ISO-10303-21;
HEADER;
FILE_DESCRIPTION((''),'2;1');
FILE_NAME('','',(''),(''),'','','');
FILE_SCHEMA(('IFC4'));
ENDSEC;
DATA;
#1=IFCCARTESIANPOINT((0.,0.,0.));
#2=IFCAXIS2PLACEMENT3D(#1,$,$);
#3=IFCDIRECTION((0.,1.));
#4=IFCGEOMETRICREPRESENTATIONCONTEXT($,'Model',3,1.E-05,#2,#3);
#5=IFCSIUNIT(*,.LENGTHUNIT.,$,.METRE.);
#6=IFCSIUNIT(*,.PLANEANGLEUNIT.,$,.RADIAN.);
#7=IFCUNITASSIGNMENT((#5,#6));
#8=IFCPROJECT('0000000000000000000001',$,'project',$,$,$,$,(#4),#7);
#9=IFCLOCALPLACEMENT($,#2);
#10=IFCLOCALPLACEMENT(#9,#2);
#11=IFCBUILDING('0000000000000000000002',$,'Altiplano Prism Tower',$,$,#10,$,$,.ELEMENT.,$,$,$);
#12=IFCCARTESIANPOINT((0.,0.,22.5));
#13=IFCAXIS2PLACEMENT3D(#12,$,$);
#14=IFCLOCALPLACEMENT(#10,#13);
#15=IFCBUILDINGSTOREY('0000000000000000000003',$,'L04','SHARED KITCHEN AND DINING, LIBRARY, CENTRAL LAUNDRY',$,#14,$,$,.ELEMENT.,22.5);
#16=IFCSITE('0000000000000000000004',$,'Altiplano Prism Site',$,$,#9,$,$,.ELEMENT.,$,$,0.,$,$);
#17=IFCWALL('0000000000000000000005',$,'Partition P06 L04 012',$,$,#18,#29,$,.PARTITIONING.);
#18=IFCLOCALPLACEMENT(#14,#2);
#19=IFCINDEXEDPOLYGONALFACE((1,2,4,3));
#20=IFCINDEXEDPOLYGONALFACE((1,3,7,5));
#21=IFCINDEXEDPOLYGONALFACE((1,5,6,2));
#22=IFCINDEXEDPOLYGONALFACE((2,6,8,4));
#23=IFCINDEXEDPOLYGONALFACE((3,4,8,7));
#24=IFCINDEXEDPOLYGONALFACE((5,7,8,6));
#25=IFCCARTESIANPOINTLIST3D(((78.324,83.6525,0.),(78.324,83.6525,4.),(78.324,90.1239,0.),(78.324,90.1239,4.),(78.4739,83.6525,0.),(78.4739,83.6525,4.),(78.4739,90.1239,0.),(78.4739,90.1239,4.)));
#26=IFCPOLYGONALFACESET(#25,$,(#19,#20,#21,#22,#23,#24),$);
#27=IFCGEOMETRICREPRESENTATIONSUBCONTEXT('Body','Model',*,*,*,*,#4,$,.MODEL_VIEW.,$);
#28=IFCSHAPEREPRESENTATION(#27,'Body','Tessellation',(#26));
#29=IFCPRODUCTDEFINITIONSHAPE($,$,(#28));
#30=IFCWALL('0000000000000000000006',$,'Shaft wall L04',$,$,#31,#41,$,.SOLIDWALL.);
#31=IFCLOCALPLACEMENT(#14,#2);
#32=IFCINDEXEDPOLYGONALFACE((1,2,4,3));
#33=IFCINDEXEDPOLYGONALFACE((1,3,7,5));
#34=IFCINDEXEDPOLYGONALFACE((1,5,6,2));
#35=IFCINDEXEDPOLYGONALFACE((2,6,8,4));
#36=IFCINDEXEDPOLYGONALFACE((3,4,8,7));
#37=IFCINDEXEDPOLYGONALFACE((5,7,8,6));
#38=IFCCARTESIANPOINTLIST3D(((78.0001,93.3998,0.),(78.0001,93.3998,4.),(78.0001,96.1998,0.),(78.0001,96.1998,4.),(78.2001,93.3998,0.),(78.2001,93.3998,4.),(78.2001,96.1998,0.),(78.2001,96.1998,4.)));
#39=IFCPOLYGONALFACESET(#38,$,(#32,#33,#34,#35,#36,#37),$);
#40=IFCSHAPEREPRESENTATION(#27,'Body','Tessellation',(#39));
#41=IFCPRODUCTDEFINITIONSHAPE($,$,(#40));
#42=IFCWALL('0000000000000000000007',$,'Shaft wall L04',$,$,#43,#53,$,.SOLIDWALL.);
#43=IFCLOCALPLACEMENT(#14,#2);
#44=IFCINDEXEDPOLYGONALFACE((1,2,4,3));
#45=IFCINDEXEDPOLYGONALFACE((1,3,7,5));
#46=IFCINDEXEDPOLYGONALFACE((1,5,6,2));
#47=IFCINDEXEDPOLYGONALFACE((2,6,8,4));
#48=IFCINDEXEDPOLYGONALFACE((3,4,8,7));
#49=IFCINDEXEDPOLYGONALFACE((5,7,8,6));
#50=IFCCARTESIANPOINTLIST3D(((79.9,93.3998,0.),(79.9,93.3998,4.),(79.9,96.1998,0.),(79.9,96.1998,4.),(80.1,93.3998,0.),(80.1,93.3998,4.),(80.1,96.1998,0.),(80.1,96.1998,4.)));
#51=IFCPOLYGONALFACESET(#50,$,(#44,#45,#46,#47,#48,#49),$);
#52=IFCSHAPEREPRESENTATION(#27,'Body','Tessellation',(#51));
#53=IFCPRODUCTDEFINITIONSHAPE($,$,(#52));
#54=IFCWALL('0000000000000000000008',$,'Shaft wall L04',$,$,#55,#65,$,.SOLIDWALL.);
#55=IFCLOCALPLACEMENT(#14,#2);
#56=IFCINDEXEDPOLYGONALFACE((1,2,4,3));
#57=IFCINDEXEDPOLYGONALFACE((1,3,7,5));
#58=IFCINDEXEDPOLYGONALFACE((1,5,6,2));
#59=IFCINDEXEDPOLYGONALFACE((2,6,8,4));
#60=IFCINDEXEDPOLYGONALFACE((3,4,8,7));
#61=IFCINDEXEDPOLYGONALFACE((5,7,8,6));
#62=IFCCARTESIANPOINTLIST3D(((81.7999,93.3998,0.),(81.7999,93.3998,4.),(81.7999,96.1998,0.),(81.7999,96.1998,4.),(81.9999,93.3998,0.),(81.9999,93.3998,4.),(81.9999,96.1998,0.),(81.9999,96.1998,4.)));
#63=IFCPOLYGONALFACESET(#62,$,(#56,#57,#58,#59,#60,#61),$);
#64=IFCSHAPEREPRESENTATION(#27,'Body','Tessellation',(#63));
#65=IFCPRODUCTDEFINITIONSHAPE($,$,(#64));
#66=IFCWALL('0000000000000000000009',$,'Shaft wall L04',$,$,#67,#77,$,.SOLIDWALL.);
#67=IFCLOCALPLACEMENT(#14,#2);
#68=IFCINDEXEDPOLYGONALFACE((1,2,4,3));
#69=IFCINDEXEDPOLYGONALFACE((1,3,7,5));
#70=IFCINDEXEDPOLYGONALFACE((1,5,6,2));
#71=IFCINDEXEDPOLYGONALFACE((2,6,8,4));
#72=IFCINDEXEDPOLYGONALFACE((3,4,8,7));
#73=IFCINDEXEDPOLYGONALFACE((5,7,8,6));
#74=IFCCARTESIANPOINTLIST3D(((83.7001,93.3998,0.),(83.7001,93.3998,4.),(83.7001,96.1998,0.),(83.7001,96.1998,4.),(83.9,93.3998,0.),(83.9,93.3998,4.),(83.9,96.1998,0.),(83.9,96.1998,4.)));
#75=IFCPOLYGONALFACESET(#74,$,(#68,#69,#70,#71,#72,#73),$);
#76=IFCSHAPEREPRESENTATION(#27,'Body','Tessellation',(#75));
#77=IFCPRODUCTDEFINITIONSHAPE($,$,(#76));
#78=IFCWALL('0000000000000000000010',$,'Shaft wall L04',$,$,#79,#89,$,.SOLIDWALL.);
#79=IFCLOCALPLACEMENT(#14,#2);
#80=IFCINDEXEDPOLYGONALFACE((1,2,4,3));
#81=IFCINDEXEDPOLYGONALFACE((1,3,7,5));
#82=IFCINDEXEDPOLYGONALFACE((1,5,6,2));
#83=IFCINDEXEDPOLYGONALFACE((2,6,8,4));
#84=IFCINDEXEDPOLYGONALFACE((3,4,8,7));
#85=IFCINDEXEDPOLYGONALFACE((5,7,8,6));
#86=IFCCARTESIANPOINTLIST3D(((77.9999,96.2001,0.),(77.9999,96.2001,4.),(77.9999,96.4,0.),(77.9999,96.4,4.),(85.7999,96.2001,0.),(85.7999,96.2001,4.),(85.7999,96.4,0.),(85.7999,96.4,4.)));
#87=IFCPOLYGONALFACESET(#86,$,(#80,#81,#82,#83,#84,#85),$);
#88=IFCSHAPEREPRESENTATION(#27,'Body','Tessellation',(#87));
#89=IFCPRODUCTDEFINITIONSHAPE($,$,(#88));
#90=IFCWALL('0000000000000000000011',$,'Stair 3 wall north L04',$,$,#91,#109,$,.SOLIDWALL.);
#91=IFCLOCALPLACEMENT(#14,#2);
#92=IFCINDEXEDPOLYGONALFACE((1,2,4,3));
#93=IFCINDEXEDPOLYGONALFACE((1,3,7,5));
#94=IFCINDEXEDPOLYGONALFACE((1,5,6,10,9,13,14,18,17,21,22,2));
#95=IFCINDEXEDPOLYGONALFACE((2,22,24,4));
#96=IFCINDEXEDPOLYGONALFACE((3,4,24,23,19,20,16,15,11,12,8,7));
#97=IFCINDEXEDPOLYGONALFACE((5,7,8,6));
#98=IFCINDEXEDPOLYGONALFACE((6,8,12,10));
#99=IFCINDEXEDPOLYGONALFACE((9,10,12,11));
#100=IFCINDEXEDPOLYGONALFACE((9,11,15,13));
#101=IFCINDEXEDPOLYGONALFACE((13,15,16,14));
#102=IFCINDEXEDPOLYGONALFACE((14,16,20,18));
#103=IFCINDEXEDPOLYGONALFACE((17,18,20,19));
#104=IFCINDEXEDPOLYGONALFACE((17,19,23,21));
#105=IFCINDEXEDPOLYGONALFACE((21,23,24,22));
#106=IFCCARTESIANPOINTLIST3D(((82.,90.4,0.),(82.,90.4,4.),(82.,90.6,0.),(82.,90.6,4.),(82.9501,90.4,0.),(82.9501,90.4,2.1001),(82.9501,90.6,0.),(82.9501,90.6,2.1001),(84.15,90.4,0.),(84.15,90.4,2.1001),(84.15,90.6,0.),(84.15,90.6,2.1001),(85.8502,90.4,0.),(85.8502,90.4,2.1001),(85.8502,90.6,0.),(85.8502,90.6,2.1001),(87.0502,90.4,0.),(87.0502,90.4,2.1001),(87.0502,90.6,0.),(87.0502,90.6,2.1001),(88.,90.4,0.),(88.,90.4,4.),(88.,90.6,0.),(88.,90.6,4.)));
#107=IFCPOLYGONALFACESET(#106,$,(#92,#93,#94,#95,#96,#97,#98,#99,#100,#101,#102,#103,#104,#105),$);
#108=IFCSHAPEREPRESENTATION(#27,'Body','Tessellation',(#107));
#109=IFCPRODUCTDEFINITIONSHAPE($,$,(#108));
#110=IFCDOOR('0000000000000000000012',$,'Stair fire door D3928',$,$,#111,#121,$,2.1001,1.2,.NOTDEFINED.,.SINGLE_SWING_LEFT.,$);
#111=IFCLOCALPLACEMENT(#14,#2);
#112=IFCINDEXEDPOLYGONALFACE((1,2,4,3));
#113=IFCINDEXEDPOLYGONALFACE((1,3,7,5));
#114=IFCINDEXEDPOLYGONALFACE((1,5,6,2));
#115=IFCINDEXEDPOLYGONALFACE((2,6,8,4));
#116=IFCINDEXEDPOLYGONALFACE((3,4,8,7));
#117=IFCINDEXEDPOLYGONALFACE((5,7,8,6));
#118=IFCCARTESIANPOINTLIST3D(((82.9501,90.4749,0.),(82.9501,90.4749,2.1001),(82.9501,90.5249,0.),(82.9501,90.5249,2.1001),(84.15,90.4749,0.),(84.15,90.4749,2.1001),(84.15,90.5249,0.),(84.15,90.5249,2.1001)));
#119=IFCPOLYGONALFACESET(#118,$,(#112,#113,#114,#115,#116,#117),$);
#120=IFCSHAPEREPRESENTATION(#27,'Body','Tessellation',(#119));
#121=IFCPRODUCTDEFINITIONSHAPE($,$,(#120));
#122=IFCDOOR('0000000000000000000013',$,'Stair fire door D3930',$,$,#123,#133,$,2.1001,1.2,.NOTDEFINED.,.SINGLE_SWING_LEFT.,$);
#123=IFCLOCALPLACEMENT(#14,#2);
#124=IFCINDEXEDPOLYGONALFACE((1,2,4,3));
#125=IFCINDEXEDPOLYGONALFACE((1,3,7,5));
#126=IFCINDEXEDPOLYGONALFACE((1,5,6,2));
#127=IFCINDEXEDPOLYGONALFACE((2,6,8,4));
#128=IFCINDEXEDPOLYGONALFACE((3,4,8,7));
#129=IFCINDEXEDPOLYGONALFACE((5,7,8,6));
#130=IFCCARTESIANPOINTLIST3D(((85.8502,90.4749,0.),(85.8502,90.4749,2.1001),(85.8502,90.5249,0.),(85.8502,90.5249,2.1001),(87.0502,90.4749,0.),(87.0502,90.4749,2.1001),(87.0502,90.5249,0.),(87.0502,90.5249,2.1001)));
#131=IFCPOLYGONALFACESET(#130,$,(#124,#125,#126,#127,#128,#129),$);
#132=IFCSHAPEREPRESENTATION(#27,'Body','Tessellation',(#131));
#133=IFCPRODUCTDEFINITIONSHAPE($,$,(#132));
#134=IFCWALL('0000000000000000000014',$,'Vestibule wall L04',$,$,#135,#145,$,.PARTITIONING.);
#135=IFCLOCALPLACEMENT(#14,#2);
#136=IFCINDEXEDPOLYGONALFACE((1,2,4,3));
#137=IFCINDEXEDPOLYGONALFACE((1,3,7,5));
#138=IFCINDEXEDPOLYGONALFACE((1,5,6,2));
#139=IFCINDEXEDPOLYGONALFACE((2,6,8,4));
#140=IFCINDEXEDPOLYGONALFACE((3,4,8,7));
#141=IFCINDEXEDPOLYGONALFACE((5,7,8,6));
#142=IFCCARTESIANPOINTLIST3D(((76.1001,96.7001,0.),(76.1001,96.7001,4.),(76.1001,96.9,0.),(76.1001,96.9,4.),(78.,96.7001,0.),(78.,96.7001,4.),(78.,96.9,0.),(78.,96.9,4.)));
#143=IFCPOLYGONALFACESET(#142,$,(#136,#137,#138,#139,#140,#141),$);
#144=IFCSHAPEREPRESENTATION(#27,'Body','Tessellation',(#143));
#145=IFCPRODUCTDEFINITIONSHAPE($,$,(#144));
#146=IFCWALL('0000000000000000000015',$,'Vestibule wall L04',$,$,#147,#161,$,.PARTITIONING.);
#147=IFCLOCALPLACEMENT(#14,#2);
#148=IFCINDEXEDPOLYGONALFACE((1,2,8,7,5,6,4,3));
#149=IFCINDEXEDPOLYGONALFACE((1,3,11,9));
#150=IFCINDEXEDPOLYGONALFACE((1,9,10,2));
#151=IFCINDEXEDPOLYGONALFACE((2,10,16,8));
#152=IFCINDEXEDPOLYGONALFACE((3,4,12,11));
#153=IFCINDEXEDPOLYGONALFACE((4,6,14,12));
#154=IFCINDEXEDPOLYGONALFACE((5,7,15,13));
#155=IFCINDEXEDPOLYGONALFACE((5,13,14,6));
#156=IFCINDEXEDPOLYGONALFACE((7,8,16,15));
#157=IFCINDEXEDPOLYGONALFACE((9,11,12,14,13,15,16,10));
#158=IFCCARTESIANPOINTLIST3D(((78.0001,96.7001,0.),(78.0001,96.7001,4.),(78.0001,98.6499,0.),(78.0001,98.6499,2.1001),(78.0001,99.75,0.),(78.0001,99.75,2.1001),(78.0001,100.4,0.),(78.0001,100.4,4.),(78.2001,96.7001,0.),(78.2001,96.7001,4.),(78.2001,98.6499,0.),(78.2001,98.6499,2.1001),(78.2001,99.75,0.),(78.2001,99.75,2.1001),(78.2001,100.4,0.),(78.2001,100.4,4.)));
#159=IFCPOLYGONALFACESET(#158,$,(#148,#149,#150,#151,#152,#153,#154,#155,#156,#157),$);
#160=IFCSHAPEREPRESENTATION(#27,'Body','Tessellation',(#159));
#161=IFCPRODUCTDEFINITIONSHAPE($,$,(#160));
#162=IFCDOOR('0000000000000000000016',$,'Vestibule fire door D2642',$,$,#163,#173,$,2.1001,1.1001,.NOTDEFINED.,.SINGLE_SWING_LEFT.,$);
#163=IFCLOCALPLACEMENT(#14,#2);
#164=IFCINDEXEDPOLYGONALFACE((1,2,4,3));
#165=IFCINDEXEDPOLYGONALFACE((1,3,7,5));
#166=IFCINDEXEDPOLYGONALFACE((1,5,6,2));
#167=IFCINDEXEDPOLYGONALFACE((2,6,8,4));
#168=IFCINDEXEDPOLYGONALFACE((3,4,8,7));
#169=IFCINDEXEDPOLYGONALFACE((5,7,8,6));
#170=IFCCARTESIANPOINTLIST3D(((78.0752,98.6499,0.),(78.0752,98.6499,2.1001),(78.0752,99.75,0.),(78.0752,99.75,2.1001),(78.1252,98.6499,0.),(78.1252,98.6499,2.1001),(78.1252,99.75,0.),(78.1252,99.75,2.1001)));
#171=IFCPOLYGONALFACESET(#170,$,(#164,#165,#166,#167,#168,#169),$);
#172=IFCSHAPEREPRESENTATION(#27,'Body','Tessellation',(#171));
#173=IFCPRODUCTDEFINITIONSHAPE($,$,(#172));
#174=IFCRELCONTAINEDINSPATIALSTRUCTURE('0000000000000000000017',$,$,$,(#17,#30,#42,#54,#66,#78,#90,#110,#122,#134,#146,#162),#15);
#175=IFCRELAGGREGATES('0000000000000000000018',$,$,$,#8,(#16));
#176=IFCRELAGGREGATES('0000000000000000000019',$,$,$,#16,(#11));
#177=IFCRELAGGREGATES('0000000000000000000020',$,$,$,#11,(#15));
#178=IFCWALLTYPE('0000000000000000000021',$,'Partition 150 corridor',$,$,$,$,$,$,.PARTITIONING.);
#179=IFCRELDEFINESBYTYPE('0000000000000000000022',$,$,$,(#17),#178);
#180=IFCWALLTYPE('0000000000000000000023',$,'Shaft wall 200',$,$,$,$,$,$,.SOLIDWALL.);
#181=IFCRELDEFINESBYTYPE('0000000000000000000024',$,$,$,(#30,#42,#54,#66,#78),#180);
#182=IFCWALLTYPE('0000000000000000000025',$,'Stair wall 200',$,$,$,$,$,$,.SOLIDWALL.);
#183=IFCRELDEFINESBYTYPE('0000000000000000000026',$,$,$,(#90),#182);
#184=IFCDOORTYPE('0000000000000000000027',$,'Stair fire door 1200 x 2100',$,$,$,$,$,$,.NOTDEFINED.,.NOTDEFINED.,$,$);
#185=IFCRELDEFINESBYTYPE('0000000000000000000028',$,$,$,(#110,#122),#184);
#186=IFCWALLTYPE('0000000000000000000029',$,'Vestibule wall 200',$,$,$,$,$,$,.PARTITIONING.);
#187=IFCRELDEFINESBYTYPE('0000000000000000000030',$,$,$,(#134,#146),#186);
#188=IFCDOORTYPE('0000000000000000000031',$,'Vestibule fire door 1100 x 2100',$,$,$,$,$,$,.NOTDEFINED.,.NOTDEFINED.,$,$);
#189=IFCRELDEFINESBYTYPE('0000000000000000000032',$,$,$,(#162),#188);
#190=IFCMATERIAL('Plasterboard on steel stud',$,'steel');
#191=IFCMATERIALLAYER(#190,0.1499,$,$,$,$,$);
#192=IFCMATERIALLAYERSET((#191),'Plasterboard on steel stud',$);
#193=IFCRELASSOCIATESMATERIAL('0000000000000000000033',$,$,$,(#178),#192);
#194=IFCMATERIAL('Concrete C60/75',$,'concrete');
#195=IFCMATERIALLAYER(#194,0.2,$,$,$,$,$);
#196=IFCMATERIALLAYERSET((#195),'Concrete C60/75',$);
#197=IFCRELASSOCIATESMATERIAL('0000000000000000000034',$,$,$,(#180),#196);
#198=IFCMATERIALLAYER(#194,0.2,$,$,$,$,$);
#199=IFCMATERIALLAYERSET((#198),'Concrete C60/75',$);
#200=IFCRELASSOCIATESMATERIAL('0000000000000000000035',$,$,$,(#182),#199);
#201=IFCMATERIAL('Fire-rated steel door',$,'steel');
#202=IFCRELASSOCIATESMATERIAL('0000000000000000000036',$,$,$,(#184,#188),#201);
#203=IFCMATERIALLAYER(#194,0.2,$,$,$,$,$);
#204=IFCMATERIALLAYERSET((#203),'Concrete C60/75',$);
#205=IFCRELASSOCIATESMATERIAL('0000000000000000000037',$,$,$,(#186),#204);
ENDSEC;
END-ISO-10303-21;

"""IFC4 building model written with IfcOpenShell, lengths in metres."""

from ifc_helpers import new_model, si_unit, direction, frame, frame_2d, origin, place, context, subcontext, project, spatial, rectangle, extrude, material, layer, layer_set, type_object, element, fill, save


model = new_model("IFC4")

# Units and contexts
model_context = context("Model", 3, precision=1e-05, world=origin(), true_north=direction((0.0, 1.0)))
body_context = subcontext(model_context, "Body", "Model", "MODEL_VIEW")
ifc_project = project(units=[si_unit("LENGTHUNIT", "METRE"), si_unit("PLANEANGLEUNIT", "RADIAN")], contexts=[model_context])

# Site, building, storey
site_placement = place(None, origin())
site = spatial("IfcSite", under=ifc_project, at=site_placement, Name="Altiplano Prism Site", CompositionType="ELEMENT", RefElevation=0.0)
building_placement = place(site_placement, origin())
building = spatial("IfcBuilding", under=site, at=building_placement, Name="Altiplano Prism Tower", CompositionType="ELEMENT")
storey_placement = place(building_placement, frame((0.0, 0.0, 22.5)))
storey = spatial("IfcBuildingStorey", under=building, at=storey_placement, Name="L04", Description="SHARED KITCHEN AND DINING, LIBRARY, CENTRAL LAUNDRY", CompositionType="ELEMENT", Elevation=22.5)

# Walls
ifc_material_1 = material(Name="Plasterboard on steel stud", Category="steel")
ifc_layer_1 = layer(ifc_material_1, 0.1499)
ifc_layer_set_1 = layer_set([ifc_layer_1], Name="Plasterboard on steel stud")
wall_type_1 = type_object("IfcWallType", Name="Partition 150 corridor", PredefinedType="PARTITIONING", material=ifc_layer_set_1)
wall_1_placement = place(storey_placement, frame((78.3989, 90.124, 0.0), z_axis=(0.0, 0.0, 1.0), x_axis=(0.0, -1.0, 0.0)))
element("IfcWall", 1, at=wall_1_placement, inside=storey, type_object=wall_type_1, Name="Partition P06 L04 012", PredefinedType="PARTITIONING", context=body_context, shape_type="SweptSolid", body=[
    extrude(rectangle(XDim=6.4714, YDim=0.1499, at=frame_2d((3.2358, 0.0))), origin(), (0.0, 0.0, 1.0), 4.0),
])
ifc_material_2 = material(Name="Concrete C60/75", Category="concrete")
ifc_layer_2 = layer(ifc_material_2, 0.2)
ifc_layer_set_2 = layer_set([ifc_layer_2], Name="Concrete C60/75")
wall_type_2 = type_object("IfcWallType", Name="Shaft wall 200", PredefinedType="SOLIDWALL", material=ifc_layer_set_2)
for number, where, z_axis, x_axis, name in (
    (2, (78.1001, 93.3999, 0.0), (0.0, 0.0, 1.0), (0.0, 1.0, 0.0), "Shaft wall L04"),
    (3, (80.0, 93.3999, 0.0), (0.0, 0.0, 1.0), (0.0, 1.0, 0.0), "Shaft wall L04"),
    (4, (81.8999, 93.3999, 0.0), (0.0, 0.0, 1.0), (0.0, 1.0, 0.0), "Shaft wall L04"),
    (5, (83.8, 93.3999, 0.0), (0.0, 0.0, 1.0), (0.0, 1.0, 0.0), "Shaft wall L04"),
):
    element("IfcWall", number, at=place(storey_placement, frame(where, z_axis=z_axis, x_axis=x_axis)), inside=storey, type_object=wall_type_2, Name=name, PredefinedType="SOLIDWALL", context=body_context, shape_type="SweptSolid", body=[
        extrude(rectangle(XDim=2.8, YDim=0.2, at=frame_2d((1.3999, 0.0))), origin(), (0.0, 0.0, 1.0), 4.0),
    ])
wall_2_placement = place(storey_placement, frame((78.0, 96.3, 0.0), z_axis=(0.0, 0.0, 1.0), x_axis=(1.0, 0.0, 0.0)))
element("IfcWall", 6, at=wall_2_placement, inside=storey, type_object=wall_type_2, Name="Shaft wall L04", PredefinedType="SOLIDWALL", context=body_context, shape_type="SweptSolid", body=[
    extrude(rectangle(XDim=7.8, YDim=0.2, at=frame_2d((3.8999, 0.0))), origin(), (0.0, 0.0, 1.0), 4.0),
])

# Wall, openings, doors
ifc_layer_3 = layer(ifc_material_2, 0.2)
ifc_layer_set_3 = layer_set([ifc_layer_3], Name="Concrete C60/75")
wall_type_3 = type_object("IfcWallType", Name="Stair wall 200", PredefinedType="SOLIDWALL", material=ifc_layer_set_3)
wall_3_placement = place(storey_placement, frame((82.0, 90.5, 0.0), z_axis=(0.0, 0.0, 1.0), x_axis=(1.0, 0.0, 0.0)))
wall_3 = element("IfcWall", 7, at=wall_3_placement, inside=storey, type_object=wall_type_3, Name="Stair 3 wall north L04", PredefinedType="SOLIDWALL", context=body_context, shape_type="SweptSolid", body=[
    extrude(rectangle(XDim=6.0, YDim=0.2, at=frame_2d((3.0, 0.0))), origin(), (0.0, 0.0, 1.0), 4.0),
])
opening_1_placement = place(wall_3_placement, frame((0.95, 0.0, 0.0)))
opening_1 = element("IfcOpeningElement", 8, at=opening_1_placement, cuts=wall_3, PredefinedType="OPENING", context=body_context, shape_type="SweptSolid", body=[
    extrude(rectangle(XDim=1.2, YDim=2.1001, at=frame_2d((0.6001, 1.05))), frame((0.0, 0.1104, 0.0), z_axis=(0.0, -1.0, 0.0), x_axis=(1.0, 0.0, 0.0)), (0.0, 0.0, 1.0), 0.2209),
])
opening_2_placement = place(wall_3_placement, frame((3.8501, 0.0, 0.0)))
opening_2 = element("IfcOpeningElement", 9, at=opening_2_placement, cuts=wall_3, PredefinedType="OPENING", context=body_context, shape_type="SweptSolid", body=[
    extrude(rectangle(XDim=1.2, YDim=2.1001, at=frame_2d((0.6001, 1.05))), frame((0.0, 0.1104, 0.0), z_axis=(0.0, -1.0, 0.0), x_axis=(1.0, 0.0, 0.0)), (0.0, 0.0, 1.0), 0.2209),
])
ifc_material_3 = material(Name="Fire-rated steel door", Category="steel")
door_type_1 = type_object("IfcDoorType", Name="Stair fire door 1200 x 2100", OperationType="NOTDEFINED", PredefinedType="NOTDEFINED", material=ifc_material_3)
door_1_placement = place(opening_1_placement, origin())
door_1 = element("IfcDoor", 10, at=door_1_placement, inside=storey, type_object=door_type_1, Name="Stair fire door D3928", OperationType="SINGLE_SWING_LEFT", OverallHeight=2.1001, OverallWidth=1.2, PredefinedType="NOTDEFINED", context=body_context, shape_type="SweptSolid", body=[
    extrude(rectangle(XDim=1.2, YDim=2.1001, at=frame_2d((0.6001, 1.05))), frame((0.0, 0.0249, 0.0), z_axis=(0.0, -1.0, 0.0), x_axis=(1.0, 0.0, 0.0)), (0.0, 0.0, 1.0), 0.05),
])
fill(opening_1, door_1)
door_2_placement = place(opening_2_placement, origin())
door_2 = element("IfcDoor", 11, at=door_2_placement, inside=storey, type_object=door_type_1, Name="Stair fire door D3930", OperationType="SINGLE_SWING_LEFT", OverallHeight=2.1001, OverallWidth=1.2, PredefinedType="NOTDEFINED", context=body_context, shape_type="SweptSolid", body=[
    extrude(rectangle(XDim=1.2, YDim=2.1001, at=frame_2d((0.6001, 1.05))), frame((0.0, 0.0249, 0.0), z_axis=(0.0, -1.0, 0.0), x_axis=(1.0, 0.0, 0.0)), (0.0, 0.0, 1.0), 0.05),
])
fill(opening_2, door_2)

# Wall
ifc_layer_4 = layer(ifc_material_2, 0.2)
ifc_layer_set_4 = layer_set([ifc_layer_4], Name="Concrete C60/75")
wall_type_4 = type_object("IfcWallType", Name="Vestibule wall 200", PredefinedType="PARTITIONING", material=ifc_layer_set_4)
wall_4_placement = place(storey_placement, frame((76.1001, 96.8, 0.0), z_axis=(0.0, 0.0, 1.0), x_axis=(1.0, 0.0, 0.0)))
element("IfcWall", 12, at=wall_4_placement, inside=storey, type_object=wall_type_4, Name="Vestibule wall L04", PredefinedType="PARTITIONING", context=body_context, shape_type="SweptSolid", body=[
    extrude(rectangle(XDim=1.8999, YDim=0.2, at=frame_2d((0.95, 0.0))), origin(), (0.0, 0.0, 1.0), 4.0),
])

# Wall, opening, door
wall_5_placement = place(storey_placement, frame((78.1001, 96.7, 0.0), z_axis=(0.0, 0.0, 1.0), x_axis=(0.0, 1.0, 0.0)))
wall_5 = element("IfcWall", 13, at=wall_5_placement, inside=storey, type_object=wall_type_4, Name="Vestibule wall L04", PredefinedType="PARTITIONING", context=body_context, shape_type="SweptSolid", body=[
    extrude(rectangle(XDim=3.7, YDim=0.2, at=frame_2d((1.8501, 0.0))), origin(), (0.0, 0.0, 1.0), 4.0),
])
opening_3_placement = place(wall_5_placement, frame((1.95, 0.0, 0.0)))
opening_3 = element("IfcOpeningElement", 14, at=opening_3_placement, cuts=wall_5, PredefinedType="OPENING", context=body_context, shape_type="SweptSolid", body=[
    extrude(rectangle(XDim=1.1001, YDim=2.1001, at=frame_2d((0.55, 1.05))), frame((0.0, 0.1104, 0.0), z_axis=(0.0, -1.0, 0.0), x_axis=(1.0, 0.0, 0.0)), (0.0, 0.0, 1.0), 0.2209),
])
door_type_2 = type_object("IfcDoorType", Name="Vestibule fire door 1100 x 2100", OperationType="NOTDEFINED", PredefinedType="NOTDEFINED", material=ifc_material_3)
door_3_placement = place(opening_3_placement, origin())
door_3 = element("IfcDoor", 15, at=door_3_placement, inside=storey, type_object=door_type_2, Name="Vestibule fire door D2642", OperationType="SINGLE_SWING_LEFT", OverallHeight=2.1001, OverallWidth=1.1001, PredefinedType="NOTDEFINED", context=body_context, shape_type="SweptSolid", body=[
    extrude(rectangle(XDim=1.1001, YDim=2.1001, at=frame_2d((0.55, 1.05))), frame((0.0, 0.0249, 0.0), z_axis=(0.0, -1.0, 0.0), x_axis=(1.0, 0.0, 0.0)), (0.0, 0.0, 1.0), 0.05),
])
fill(opening_3, door_3)

save(model, "model.ifc")
